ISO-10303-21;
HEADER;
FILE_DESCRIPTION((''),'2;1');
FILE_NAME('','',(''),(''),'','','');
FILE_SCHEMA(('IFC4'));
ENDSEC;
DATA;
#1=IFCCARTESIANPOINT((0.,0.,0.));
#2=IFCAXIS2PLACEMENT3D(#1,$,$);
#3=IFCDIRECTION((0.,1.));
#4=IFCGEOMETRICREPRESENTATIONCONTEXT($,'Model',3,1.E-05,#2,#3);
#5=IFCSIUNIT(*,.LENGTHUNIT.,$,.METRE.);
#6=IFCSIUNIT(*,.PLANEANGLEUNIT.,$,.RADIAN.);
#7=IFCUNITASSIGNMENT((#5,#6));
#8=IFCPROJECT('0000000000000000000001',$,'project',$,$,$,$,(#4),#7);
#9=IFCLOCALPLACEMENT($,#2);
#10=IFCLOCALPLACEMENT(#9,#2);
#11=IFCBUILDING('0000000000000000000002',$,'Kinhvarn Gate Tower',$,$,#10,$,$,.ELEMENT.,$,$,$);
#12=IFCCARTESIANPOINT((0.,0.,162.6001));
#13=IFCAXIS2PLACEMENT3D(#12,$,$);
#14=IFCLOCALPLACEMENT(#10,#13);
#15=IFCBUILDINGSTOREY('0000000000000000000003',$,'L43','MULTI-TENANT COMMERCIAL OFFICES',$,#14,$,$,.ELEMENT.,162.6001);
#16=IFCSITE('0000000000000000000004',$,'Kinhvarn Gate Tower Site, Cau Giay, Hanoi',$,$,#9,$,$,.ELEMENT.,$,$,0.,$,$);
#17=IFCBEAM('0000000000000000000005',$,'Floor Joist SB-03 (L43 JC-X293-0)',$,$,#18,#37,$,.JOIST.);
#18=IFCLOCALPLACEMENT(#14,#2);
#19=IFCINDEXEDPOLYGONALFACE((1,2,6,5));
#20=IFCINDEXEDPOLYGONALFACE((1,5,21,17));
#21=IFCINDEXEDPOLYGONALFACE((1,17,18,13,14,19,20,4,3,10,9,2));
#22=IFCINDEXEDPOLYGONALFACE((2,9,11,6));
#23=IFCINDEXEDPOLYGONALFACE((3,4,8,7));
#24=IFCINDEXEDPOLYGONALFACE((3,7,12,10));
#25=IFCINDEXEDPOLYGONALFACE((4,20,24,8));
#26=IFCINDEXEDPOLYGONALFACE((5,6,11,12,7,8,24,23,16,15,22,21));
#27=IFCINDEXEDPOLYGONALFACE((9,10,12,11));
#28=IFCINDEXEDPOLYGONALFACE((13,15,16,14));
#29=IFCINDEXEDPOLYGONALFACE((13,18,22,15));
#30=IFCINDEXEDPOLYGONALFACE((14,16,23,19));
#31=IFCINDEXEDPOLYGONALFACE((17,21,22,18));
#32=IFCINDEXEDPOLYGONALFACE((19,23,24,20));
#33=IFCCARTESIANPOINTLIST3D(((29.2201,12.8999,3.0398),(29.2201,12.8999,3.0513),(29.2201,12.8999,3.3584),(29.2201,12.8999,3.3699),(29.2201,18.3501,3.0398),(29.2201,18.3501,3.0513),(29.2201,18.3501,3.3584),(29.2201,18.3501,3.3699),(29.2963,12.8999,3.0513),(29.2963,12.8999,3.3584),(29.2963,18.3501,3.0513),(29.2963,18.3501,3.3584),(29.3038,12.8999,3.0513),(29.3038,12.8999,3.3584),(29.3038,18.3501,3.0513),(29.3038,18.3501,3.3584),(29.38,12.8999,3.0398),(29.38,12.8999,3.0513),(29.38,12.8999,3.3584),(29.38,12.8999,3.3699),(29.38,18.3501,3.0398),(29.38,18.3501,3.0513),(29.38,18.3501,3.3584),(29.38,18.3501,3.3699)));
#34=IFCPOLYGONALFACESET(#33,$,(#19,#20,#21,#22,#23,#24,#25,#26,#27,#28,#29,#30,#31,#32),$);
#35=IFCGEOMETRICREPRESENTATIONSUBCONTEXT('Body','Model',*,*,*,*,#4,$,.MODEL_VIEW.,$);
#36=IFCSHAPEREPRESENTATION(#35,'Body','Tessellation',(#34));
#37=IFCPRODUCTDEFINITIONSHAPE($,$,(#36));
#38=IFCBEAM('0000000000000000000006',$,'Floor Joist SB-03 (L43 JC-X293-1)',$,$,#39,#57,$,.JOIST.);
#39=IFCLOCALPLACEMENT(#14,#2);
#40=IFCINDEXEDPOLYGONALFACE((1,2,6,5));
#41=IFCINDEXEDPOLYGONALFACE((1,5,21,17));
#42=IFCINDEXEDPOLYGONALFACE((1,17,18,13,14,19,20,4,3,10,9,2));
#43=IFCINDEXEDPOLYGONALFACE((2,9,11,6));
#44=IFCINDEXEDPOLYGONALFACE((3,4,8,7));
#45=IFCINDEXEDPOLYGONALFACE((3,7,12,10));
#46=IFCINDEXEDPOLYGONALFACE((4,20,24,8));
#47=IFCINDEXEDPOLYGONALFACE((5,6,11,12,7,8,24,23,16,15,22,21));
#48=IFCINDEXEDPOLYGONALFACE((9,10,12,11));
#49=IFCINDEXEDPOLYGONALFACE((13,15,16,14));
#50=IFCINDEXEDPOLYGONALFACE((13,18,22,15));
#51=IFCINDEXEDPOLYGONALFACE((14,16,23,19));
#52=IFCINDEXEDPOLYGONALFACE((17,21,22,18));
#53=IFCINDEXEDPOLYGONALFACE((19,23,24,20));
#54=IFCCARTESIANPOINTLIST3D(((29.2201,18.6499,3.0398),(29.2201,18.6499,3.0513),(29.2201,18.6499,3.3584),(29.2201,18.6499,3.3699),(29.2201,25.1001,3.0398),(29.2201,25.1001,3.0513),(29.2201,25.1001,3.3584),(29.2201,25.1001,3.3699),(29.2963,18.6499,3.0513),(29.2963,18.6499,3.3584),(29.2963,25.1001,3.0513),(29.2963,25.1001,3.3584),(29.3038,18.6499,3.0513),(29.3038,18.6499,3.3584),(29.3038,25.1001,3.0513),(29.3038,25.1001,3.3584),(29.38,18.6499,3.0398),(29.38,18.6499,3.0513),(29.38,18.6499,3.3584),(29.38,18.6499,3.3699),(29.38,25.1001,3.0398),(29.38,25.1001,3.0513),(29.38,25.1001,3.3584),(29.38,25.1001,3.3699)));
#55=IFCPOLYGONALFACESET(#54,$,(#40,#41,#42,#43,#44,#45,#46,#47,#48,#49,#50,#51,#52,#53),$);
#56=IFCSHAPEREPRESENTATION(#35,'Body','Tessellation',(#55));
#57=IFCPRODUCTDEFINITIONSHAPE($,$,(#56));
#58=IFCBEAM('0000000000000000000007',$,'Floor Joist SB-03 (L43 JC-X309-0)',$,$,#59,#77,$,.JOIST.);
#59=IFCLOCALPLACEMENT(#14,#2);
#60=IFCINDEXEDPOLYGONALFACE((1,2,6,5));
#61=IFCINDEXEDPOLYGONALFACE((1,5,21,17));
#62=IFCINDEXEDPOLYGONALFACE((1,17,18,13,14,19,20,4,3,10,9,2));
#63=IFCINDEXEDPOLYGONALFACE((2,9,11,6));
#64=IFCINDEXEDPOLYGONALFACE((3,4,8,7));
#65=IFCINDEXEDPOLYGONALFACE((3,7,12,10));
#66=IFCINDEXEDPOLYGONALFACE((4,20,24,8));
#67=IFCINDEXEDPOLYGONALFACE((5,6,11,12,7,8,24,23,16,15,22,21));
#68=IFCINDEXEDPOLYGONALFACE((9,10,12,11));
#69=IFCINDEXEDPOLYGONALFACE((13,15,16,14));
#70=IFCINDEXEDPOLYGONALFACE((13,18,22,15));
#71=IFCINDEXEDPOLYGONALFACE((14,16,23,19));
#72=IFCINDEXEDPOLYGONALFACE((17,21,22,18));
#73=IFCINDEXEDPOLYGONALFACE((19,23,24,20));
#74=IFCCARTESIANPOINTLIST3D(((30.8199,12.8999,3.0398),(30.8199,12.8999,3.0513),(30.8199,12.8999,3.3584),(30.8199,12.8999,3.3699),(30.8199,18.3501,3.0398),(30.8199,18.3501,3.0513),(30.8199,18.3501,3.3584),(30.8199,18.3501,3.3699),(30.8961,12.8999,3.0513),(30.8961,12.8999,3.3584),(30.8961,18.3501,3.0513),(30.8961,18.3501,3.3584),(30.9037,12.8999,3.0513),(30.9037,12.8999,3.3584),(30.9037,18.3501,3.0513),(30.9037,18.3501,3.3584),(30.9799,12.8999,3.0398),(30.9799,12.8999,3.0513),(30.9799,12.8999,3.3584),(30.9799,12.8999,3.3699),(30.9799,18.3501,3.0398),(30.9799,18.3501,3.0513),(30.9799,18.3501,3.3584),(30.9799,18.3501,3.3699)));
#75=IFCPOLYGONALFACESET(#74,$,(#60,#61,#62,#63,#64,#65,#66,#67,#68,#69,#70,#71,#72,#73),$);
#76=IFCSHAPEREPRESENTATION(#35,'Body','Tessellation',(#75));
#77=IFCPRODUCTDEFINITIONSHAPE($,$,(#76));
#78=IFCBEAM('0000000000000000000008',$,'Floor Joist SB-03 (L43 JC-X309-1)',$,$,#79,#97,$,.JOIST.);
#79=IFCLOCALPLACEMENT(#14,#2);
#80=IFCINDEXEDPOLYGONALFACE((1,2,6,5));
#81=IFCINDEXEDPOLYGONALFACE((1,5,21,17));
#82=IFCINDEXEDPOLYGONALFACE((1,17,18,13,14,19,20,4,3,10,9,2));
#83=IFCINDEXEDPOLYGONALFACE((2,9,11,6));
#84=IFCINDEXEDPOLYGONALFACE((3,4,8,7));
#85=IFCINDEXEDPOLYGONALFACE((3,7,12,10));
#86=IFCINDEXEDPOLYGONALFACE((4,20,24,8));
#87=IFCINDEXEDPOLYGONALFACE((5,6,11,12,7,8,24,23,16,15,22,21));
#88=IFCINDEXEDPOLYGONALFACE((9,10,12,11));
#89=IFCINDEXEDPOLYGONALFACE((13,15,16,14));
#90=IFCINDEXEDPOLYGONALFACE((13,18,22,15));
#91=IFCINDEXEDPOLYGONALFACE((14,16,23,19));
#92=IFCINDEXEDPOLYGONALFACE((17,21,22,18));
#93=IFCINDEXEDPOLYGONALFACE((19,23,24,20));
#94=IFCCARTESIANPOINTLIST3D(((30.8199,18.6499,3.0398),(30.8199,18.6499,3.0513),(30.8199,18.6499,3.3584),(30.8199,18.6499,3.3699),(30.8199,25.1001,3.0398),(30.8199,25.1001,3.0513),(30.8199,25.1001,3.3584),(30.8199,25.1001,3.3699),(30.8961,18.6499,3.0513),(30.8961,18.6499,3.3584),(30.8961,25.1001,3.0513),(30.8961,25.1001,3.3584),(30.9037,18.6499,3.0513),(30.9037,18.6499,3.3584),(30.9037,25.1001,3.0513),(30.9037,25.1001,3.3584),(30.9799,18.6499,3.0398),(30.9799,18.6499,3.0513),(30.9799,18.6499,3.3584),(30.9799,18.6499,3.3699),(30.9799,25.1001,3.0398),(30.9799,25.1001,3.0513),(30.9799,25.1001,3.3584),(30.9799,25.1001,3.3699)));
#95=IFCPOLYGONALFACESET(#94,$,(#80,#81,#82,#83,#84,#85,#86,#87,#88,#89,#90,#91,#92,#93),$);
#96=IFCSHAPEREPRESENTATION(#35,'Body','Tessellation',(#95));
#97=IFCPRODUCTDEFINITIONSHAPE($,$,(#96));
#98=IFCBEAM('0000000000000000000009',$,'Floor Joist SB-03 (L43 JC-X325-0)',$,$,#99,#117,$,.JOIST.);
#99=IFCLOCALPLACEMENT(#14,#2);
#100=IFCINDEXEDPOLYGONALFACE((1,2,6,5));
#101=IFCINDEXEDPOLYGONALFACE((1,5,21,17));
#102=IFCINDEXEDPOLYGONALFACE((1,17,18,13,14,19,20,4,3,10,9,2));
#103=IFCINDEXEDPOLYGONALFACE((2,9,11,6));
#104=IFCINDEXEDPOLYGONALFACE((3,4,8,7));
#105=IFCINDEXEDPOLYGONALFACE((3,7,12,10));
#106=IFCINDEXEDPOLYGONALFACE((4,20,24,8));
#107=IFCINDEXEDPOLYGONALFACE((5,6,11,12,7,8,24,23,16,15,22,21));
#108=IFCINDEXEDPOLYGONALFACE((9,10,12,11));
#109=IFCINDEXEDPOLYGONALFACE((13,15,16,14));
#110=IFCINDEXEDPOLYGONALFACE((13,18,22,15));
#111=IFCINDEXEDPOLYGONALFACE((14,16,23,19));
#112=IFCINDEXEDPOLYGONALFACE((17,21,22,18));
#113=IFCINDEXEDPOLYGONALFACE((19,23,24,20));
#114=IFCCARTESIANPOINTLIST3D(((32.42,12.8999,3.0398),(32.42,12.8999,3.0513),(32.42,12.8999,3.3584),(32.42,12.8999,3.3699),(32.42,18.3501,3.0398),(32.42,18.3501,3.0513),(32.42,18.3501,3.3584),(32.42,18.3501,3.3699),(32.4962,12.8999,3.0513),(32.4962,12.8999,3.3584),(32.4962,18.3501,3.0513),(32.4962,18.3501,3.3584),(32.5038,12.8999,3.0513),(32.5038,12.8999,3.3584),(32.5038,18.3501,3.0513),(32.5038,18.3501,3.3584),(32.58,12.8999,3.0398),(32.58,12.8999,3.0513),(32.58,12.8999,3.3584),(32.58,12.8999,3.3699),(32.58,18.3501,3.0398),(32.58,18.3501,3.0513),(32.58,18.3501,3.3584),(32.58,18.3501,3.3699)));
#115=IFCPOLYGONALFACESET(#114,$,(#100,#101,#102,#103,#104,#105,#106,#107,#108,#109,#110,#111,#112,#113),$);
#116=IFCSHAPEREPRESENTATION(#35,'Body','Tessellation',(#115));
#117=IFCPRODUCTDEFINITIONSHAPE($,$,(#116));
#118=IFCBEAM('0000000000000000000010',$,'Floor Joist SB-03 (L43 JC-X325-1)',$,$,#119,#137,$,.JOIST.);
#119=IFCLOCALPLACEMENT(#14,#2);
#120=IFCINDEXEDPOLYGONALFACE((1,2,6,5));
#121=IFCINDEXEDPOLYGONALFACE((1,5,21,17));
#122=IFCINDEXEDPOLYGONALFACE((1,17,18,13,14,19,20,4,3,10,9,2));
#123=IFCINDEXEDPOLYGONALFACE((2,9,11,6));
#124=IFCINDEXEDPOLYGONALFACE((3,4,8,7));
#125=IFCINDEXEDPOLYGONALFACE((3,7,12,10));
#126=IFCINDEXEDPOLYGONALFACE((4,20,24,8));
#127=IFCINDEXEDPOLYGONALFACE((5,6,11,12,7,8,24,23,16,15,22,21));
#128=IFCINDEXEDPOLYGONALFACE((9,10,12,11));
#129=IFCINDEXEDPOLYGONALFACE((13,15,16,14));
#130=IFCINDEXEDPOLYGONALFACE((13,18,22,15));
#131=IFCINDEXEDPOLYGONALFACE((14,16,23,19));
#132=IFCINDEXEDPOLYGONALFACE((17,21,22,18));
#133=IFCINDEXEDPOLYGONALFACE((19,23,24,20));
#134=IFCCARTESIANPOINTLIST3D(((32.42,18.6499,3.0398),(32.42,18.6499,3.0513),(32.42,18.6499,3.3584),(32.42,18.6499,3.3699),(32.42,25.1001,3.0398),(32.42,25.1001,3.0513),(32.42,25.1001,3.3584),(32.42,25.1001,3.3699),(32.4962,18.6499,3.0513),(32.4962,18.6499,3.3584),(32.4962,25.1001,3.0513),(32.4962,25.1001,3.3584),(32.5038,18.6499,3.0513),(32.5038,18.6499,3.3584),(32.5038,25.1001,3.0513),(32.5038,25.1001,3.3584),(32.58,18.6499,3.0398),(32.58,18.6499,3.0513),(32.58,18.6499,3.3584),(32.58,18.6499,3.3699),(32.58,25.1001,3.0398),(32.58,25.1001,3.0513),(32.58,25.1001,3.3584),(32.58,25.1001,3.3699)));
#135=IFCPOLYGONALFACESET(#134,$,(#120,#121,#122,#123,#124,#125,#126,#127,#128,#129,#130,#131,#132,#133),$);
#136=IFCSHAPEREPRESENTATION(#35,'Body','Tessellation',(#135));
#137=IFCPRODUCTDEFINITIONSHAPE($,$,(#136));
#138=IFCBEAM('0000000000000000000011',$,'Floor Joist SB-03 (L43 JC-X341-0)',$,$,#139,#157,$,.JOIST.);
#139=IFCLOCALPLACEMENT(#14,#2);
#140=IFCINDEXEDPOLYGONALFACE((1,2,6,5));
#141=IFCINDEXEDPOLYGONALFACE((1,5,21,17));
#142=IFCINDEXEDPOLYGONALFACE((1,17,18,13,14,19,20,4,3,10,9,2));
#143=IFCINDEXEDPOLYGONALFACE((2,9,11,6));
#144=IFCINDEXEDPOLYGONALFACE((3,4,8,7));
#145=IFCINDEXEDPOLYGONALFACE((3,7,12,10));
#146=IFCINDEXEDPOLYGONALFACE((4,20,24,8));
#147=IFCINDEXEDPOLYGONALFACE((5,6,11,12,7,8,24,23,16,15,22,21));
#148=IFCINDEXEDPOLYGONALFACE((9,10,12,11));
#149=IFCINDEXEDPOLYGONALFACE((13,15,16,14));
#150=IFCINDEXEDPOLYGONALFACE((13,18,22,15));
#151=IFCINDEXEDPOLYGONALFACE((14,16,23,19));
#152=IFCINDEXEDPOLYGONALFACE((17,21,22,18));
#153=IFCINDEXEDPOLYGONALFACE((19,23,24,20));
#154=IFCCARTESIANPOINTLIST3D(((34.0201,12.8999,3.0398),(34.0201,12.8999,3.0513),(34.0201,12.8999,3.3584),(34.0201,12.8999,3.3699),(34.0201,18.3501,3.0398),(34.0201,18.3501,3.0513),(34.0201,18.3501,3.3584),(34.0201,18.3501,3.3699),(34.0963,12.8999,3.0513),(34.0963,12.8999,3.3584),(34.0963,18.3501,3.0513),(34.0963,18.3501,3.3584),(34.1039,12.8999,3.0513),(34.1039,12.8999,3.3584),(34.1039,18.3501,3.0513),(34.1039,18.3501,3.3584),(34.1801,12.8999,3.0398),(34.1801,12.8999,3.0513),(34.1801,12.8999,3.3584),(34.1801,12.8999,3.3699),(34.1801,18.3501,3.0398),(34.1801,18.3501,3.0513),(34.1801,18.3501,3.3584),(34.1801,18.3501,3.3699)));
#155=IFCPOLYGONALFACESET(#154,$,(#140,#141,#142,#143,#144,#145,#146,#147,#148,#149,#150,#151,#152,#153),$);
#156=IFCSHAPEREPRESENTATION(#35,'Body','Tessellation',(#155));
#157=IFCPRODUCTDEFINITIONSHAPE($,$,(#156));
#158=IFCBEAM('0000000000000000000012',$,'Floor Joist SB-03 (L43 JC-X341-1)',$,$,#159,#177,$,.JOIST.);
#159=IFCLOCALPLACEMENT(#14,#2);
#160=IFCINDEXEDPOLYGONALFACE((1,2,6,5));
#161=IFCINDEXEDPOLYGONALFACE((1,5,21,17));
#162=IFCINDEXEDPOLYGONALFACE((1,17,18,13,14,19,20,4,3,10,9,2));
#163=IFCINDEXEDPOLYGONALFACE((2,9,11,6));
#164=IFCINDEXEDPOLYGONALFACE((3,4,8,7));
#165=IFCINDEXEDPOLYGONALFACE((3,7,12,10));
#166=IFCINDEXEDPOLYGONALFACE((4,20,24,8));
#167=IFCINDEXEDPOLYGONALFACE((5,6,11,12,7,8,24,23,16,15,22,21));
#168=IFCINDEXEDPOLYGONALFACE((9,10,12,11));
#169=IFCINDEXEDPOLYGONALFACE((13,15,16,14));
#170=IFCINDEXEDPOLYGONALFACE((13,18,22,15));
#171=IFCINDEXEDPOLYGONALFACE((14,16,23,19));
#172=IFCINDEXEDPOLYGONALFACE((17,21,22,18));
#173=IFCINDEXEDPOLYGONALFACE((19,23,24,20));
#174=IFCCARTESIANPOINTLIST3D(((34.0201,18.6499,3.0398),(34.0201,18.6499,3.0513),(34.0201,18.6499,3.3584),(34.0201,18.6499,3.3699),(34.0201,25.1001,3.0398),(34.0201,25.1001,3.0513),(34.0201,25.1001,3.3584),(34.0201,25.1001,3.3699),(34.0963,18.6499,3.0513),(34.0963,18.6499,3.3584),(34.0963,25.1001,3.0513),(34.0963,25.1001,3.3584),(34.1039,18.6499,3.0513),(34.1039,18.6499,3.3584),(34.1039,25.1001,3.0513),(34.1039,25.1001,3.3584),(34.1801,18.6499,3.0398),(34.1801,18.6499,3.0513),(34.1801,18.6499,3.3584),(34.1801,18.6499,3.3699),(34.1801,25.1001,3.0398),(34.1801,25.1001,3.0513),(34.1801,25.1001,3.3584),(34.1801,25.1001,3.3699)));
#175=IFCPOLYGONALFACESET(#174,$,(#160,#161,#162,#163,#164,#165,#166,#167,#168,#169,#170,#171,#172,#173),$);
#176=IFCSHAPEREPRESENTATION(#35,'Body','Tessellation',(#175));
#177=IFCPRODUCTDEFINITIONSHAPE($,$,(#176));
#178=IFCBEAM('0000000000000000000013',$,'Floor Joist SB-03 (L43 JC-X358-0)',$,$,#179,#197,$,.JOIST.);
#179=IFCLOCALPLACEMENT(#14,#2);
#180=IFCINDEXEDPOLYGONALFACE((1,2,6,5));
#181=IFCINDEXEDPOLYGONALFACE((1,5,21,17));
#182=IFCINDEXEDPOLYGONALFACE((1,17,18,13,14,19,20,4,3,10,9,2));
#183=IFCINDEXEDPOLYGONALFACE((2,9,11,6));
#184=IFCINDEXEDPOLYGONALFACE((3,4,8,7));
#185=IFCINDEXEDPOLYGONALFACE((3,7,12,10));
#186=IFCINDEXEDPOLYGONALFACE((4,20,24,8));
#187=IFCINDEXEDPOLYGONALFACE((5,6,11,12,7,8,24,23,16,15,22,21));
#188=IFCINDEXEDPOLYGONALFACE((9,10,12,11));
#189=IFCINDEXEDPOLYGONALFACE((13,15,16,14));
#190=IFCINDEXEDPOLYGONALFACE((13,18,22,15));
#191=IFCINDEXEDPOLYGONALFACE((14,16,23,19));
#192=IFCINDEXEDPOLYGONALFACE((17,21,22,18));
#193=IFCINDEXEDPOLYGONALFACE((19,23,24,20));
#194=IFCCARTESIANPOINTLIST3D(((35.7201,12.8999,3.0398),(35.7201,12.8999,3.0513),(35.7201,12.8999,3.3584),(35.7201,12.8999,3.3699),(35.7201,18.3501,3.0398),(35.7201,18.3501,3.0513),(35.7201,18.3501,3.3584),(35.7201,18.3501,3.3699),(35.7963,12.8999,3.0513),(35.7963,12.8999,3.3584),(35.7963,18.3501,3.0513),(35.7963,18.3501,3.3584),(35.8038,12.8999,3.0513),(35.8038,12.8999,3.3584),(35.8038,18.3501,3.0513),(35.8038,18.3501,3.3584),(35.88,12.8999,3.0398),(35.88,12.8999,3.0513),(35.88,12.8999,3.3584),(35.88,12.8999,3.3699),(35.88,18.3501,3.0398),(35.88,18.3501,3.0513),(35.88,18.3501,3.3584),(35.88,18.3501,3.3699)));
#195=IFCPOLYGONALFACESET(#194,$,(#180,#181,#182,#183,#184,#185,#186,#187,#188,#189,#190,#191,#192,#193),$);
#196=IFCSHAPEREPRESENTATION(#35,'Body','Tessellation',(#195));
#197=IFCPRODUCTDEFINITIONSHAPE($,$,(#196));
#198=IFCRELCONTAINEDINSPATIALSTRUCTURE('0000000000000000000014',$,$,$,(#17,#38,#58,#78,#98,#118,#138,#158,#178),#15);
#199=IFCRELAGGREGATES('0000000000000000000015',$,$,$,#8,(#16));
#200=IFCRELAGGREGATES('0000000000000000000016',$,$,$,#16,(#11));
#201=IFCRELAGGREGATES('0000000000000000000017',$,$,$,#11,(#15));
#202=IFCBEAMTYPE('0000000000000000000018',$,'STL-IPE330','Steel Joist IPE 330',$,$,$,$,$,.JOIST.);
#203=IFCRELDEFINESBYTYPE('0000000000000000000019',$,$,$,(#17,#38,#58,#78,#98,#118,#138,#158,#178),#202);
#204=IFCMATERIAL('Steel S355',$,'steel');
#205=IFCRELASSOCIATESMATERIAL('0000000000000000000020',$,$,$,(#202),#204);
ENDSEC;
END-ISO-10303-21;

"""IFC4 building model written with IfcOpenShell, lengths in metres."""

from ifc_helpers import new_model, si_unit, direction, frame, origin, origin_2d, place, context, subcontext, project, spatial, i_section, extrude, material, material_profile, profile_set, type_object, element, save


model = new_model("IFC4")

# Units and contexts
model_context = context("Model", 3, precision=1e-05, world=origin(), true_north=direction((0.0, 1.0)))
body_context = subcontext(model_context, "Body", "Model", "MODEL_VIEW")
ifc_project = project(units=[si_unit("LENGTHUNIT", "METRE"), si_unit("PLANEANGLEUNIT", "RADIAN")], contexts=[model_context])

# Site, building, storey
site_placement = place(None, origin())
site = spatial("IfcSite", under=ifc_project, at=site_placement, Name="Kinhvarn Gate Tower Site, Cau Giay, Hanoi", CompositionType="ELEMENT", RefElevation=0.0)
building_placement = place(site_placement, origin())
building = spatial("IfcBuilding", under=site, at=building_placement, Name="Kinhvarn Gate Tower", CompositionType="ELEMENT")
storey_placement = place(building_placement, frame((0.0, 0.0, 162.6001)))
storey = spatial("IfcBuildingStorey", under=building, at=storey_placement, Name="L43", Description="MULTI-TENANT COMMERCIAL OFFICES", CompositionType="ELEMENT", Elevation=162.6001)

# Beams
ifc_material_1 = material(Name="Steel S355", Category="steel")
ifc_material_profile_1 = material_profile(ifc_material_1, i_section(OverallWidth=0.1599, OverallDepth=0.3301, WebThickness=0.0076, FlangeThickness=0.0115, at=origin_2d()), Name="IPE 330")
ifc_profile_set_1 = profile_set([ifc_material_profile_1], Name="Steel S355")
beam_type_1 = type_object("IfcBeamType", Name="STL-IPE330", Description="Steel Joist IPE 330", PredefinedType="JOIST", material=ifc_profile_set_1)
beam_1_placement = place(storey_placement, frame((29.3, 12.8999, 3.2048), z_axis=(0.0, 1.0, 0.0), x_axis=(-1.0, 0.0, 0.0)))
element("IfcBeam", 1, at=beam_1_placement, inside=storey, type_object=beam_type_1, Name="Floor Joist SB-03 (L43 JC-X293-0)", PredefinedType="JOIST", context=body_context, shape_type="SweptSolid", body=[
    extrude(i_section(OverallWidth=0.1599, OverallDepth=0.3301, WebThickness=0.0076, FlangeThickness=0.0115, at=origin_2d()), origin(), (0.0, 0.0, 1.0), 5.4502),
])
beam_2_placement = place(storey_placement, frame((29.3, 18.6499, 3.2048), z_axis=(0.0, 1.0, 0.0), x_axis=(-1.0, 0.0, 0.0)))
element("IfcBeam", 2, at=beam_2_placement, inside=storey, type_object=beam_type_1, Name="Floor Joist SB-03 (L43 JC-X293-1)", PredefinedType="JOIST", context=body_context, shape_type="SweptSolid", body=[
    extrude(i_section(OverallWidth=0.1599, OverallDepth=0.3301, WebThickness=0.0076, FlangeThickness=0.0115, at=origin_2d()), origin(), (0.0, 0.0, 1.0), 6.4502),
])
beam_3_placement = place(storey_placement, frame((30.8999, 12.8999, 3.2048), z_axis=(0.0, 1.0, 0.0), x_axis=(-1.0, 0.0, 0.0)))
element("IfcBeam", 3, at=beam_3_placement, inside=storey, type_object=beam_type_1, Name="Floor Joist SB-03 (L43 JC-X309-0)", PredefinedType="JOIST", context=body_context, shape_type="SweptSolid", body=[
    extrude(i_section(OverallWidth=0.1599, OverallDepth=0.3301, WebThickness=0.0076, FlangeThickness=0.0115, at=origin_2d()), origin(), (0.0, 0.0, 1.0), 5.4502),
])
beam_4_placement = place(storey_placement, frame((30.8999, 18.6499, 3.2048), z_axis=(0.0, 1.0, 0.0), x_axis=(-1.0, 0.0, 0.0)))
element("IfcBeam", 4, at=beam_4_placement, inside=storey, type_object=beam_type_1, Name="Floor Joist SB-03 (L43 JC-X309-1)", PredefinedType="JOIST", context=body_context, shape_type="SweptSolid", body=[
    extrude(i_section(OverallWidth=0.1599, OverallDepth=0.3301, WebThickness=0.0076, FlangeThickness=0.0115, at=origin_2d()), origin(), (0.0, 0.0, 1.0), 6.4502),
])
beam_5_placement = place(storey_placement, frame((32.5, 12.8999, 3.2048), z_axis=(0.0, 1.0, 0.0), x_axis=(-1.0, 0.0, 0.0)))
element("IfcBeam", 5, at=beam_5_placement, inside=storey, type_object=beam_type_1, Name="Floor Joist SB-03 (L43 JC-X325-0)", PredefinedType="JOIST", context=body_context, shape_type="SweptSolid", body=[
    extrude(i_section(OverallWidth=0.1599, OverallDepth=0.3301, WebThickness=0.0076, FlangeThickness=0.0115, at=origin_2d()), origin(), (0.0, 0.0, 1.0), 5.4502),
])
beam_6_placement = place(storey_placement, frame((32.5, 18.6499, 3.2048), z_axis=(0.0, 1.0, 0.0), x_axis=(-1.0, 0.0, 0.0)))
element("IfcBeam", 6, at=beam_6_placement, inside=storey, type_object=beam_type_1, Name="Floor Joist SB-03 (L43 JC-X325-1)", PredefinedType="JOIST", context=body_context, shape_type="SweptSolid", body=[
    extrude(i_section(OverallWidth=0.1599, OverallDepth=0.3301, WebThickness=0.0076, FlangeThickness=0.0115, at=origin_2d()), origin(), (0.0, 0.0, 1.0), 6.4502),
])
beam_7_placement = place(storey_placement, frame((34.1001, 12.8999, 3.2048), z_axis=(0.0, 1.0, 0.0), x_axis=(-1.0, 0.0, 0.0)))
element("IfcBeam", 7, at=beam_7_placement, inside=storey, type_object=beam_type_1, Name="Floor Joist SB-03 (L43 JC-X341-0)", PredefinedType="JOIST", context=body_context, shape_type="SweptSolid", body=[
    extrude(i_section(OverallWidth=0.1599, OverallDepth=0.3301, WebThickness=0.0076, FlangeThickness=0.0115, at=origin_2d()), origin(), (0.0, 0.0, 1.0), 5.4502),
])
beam_8_placement = place(storey_placement, frame((34.1001, 18.6499, 3.2048), z_axis=(0.0, 1.0, 0.0), x_axis=(-1.0, 0.0, 0.0)))
element("IfcBeam", 8, at=beam_8_placement, inside=storey, type_object=beam_type_1, Name="Floor Joist SB-03 (L43 JC-X341-1)", PredefinedType="JOIST", context=body_context, shape_type="SweptSolid", body=[
    extrude(i_section(OverallWidth=0.1599, OverallDepth=0.3301, WebThickness=0.0076, FlangeThickness=0.0115, at=origin_2d()), origin(), (0.0, 0.0, 1.0), 6.4502),
])
beam_9_placement = place(storey_placement, frame((35.8, 12.8999, 3.2048), z_axis=(0.0, 1.0, 0.0), x_axis=(-1.0, 0.0, 0.0)))
element("IfcBeam", 9, at=beam_9_placement, inside=storey, type_object=beam_type_1, Name="Floor Joist SB-03 (L43 JC-X358-0)", PredefinedType="JOIST", context=body_context, shape_type="SweptSolid", body=[
    extrude(i_section(OverallWidth=0.1599, OverallDepth=0.3301, WebThickness=0.0076, FlangeThickness=0.0115, at=origin_2d()), origin(), (0.0, 0.0, 1.0), 5.4502),
])

save(model, "model.ifc")
